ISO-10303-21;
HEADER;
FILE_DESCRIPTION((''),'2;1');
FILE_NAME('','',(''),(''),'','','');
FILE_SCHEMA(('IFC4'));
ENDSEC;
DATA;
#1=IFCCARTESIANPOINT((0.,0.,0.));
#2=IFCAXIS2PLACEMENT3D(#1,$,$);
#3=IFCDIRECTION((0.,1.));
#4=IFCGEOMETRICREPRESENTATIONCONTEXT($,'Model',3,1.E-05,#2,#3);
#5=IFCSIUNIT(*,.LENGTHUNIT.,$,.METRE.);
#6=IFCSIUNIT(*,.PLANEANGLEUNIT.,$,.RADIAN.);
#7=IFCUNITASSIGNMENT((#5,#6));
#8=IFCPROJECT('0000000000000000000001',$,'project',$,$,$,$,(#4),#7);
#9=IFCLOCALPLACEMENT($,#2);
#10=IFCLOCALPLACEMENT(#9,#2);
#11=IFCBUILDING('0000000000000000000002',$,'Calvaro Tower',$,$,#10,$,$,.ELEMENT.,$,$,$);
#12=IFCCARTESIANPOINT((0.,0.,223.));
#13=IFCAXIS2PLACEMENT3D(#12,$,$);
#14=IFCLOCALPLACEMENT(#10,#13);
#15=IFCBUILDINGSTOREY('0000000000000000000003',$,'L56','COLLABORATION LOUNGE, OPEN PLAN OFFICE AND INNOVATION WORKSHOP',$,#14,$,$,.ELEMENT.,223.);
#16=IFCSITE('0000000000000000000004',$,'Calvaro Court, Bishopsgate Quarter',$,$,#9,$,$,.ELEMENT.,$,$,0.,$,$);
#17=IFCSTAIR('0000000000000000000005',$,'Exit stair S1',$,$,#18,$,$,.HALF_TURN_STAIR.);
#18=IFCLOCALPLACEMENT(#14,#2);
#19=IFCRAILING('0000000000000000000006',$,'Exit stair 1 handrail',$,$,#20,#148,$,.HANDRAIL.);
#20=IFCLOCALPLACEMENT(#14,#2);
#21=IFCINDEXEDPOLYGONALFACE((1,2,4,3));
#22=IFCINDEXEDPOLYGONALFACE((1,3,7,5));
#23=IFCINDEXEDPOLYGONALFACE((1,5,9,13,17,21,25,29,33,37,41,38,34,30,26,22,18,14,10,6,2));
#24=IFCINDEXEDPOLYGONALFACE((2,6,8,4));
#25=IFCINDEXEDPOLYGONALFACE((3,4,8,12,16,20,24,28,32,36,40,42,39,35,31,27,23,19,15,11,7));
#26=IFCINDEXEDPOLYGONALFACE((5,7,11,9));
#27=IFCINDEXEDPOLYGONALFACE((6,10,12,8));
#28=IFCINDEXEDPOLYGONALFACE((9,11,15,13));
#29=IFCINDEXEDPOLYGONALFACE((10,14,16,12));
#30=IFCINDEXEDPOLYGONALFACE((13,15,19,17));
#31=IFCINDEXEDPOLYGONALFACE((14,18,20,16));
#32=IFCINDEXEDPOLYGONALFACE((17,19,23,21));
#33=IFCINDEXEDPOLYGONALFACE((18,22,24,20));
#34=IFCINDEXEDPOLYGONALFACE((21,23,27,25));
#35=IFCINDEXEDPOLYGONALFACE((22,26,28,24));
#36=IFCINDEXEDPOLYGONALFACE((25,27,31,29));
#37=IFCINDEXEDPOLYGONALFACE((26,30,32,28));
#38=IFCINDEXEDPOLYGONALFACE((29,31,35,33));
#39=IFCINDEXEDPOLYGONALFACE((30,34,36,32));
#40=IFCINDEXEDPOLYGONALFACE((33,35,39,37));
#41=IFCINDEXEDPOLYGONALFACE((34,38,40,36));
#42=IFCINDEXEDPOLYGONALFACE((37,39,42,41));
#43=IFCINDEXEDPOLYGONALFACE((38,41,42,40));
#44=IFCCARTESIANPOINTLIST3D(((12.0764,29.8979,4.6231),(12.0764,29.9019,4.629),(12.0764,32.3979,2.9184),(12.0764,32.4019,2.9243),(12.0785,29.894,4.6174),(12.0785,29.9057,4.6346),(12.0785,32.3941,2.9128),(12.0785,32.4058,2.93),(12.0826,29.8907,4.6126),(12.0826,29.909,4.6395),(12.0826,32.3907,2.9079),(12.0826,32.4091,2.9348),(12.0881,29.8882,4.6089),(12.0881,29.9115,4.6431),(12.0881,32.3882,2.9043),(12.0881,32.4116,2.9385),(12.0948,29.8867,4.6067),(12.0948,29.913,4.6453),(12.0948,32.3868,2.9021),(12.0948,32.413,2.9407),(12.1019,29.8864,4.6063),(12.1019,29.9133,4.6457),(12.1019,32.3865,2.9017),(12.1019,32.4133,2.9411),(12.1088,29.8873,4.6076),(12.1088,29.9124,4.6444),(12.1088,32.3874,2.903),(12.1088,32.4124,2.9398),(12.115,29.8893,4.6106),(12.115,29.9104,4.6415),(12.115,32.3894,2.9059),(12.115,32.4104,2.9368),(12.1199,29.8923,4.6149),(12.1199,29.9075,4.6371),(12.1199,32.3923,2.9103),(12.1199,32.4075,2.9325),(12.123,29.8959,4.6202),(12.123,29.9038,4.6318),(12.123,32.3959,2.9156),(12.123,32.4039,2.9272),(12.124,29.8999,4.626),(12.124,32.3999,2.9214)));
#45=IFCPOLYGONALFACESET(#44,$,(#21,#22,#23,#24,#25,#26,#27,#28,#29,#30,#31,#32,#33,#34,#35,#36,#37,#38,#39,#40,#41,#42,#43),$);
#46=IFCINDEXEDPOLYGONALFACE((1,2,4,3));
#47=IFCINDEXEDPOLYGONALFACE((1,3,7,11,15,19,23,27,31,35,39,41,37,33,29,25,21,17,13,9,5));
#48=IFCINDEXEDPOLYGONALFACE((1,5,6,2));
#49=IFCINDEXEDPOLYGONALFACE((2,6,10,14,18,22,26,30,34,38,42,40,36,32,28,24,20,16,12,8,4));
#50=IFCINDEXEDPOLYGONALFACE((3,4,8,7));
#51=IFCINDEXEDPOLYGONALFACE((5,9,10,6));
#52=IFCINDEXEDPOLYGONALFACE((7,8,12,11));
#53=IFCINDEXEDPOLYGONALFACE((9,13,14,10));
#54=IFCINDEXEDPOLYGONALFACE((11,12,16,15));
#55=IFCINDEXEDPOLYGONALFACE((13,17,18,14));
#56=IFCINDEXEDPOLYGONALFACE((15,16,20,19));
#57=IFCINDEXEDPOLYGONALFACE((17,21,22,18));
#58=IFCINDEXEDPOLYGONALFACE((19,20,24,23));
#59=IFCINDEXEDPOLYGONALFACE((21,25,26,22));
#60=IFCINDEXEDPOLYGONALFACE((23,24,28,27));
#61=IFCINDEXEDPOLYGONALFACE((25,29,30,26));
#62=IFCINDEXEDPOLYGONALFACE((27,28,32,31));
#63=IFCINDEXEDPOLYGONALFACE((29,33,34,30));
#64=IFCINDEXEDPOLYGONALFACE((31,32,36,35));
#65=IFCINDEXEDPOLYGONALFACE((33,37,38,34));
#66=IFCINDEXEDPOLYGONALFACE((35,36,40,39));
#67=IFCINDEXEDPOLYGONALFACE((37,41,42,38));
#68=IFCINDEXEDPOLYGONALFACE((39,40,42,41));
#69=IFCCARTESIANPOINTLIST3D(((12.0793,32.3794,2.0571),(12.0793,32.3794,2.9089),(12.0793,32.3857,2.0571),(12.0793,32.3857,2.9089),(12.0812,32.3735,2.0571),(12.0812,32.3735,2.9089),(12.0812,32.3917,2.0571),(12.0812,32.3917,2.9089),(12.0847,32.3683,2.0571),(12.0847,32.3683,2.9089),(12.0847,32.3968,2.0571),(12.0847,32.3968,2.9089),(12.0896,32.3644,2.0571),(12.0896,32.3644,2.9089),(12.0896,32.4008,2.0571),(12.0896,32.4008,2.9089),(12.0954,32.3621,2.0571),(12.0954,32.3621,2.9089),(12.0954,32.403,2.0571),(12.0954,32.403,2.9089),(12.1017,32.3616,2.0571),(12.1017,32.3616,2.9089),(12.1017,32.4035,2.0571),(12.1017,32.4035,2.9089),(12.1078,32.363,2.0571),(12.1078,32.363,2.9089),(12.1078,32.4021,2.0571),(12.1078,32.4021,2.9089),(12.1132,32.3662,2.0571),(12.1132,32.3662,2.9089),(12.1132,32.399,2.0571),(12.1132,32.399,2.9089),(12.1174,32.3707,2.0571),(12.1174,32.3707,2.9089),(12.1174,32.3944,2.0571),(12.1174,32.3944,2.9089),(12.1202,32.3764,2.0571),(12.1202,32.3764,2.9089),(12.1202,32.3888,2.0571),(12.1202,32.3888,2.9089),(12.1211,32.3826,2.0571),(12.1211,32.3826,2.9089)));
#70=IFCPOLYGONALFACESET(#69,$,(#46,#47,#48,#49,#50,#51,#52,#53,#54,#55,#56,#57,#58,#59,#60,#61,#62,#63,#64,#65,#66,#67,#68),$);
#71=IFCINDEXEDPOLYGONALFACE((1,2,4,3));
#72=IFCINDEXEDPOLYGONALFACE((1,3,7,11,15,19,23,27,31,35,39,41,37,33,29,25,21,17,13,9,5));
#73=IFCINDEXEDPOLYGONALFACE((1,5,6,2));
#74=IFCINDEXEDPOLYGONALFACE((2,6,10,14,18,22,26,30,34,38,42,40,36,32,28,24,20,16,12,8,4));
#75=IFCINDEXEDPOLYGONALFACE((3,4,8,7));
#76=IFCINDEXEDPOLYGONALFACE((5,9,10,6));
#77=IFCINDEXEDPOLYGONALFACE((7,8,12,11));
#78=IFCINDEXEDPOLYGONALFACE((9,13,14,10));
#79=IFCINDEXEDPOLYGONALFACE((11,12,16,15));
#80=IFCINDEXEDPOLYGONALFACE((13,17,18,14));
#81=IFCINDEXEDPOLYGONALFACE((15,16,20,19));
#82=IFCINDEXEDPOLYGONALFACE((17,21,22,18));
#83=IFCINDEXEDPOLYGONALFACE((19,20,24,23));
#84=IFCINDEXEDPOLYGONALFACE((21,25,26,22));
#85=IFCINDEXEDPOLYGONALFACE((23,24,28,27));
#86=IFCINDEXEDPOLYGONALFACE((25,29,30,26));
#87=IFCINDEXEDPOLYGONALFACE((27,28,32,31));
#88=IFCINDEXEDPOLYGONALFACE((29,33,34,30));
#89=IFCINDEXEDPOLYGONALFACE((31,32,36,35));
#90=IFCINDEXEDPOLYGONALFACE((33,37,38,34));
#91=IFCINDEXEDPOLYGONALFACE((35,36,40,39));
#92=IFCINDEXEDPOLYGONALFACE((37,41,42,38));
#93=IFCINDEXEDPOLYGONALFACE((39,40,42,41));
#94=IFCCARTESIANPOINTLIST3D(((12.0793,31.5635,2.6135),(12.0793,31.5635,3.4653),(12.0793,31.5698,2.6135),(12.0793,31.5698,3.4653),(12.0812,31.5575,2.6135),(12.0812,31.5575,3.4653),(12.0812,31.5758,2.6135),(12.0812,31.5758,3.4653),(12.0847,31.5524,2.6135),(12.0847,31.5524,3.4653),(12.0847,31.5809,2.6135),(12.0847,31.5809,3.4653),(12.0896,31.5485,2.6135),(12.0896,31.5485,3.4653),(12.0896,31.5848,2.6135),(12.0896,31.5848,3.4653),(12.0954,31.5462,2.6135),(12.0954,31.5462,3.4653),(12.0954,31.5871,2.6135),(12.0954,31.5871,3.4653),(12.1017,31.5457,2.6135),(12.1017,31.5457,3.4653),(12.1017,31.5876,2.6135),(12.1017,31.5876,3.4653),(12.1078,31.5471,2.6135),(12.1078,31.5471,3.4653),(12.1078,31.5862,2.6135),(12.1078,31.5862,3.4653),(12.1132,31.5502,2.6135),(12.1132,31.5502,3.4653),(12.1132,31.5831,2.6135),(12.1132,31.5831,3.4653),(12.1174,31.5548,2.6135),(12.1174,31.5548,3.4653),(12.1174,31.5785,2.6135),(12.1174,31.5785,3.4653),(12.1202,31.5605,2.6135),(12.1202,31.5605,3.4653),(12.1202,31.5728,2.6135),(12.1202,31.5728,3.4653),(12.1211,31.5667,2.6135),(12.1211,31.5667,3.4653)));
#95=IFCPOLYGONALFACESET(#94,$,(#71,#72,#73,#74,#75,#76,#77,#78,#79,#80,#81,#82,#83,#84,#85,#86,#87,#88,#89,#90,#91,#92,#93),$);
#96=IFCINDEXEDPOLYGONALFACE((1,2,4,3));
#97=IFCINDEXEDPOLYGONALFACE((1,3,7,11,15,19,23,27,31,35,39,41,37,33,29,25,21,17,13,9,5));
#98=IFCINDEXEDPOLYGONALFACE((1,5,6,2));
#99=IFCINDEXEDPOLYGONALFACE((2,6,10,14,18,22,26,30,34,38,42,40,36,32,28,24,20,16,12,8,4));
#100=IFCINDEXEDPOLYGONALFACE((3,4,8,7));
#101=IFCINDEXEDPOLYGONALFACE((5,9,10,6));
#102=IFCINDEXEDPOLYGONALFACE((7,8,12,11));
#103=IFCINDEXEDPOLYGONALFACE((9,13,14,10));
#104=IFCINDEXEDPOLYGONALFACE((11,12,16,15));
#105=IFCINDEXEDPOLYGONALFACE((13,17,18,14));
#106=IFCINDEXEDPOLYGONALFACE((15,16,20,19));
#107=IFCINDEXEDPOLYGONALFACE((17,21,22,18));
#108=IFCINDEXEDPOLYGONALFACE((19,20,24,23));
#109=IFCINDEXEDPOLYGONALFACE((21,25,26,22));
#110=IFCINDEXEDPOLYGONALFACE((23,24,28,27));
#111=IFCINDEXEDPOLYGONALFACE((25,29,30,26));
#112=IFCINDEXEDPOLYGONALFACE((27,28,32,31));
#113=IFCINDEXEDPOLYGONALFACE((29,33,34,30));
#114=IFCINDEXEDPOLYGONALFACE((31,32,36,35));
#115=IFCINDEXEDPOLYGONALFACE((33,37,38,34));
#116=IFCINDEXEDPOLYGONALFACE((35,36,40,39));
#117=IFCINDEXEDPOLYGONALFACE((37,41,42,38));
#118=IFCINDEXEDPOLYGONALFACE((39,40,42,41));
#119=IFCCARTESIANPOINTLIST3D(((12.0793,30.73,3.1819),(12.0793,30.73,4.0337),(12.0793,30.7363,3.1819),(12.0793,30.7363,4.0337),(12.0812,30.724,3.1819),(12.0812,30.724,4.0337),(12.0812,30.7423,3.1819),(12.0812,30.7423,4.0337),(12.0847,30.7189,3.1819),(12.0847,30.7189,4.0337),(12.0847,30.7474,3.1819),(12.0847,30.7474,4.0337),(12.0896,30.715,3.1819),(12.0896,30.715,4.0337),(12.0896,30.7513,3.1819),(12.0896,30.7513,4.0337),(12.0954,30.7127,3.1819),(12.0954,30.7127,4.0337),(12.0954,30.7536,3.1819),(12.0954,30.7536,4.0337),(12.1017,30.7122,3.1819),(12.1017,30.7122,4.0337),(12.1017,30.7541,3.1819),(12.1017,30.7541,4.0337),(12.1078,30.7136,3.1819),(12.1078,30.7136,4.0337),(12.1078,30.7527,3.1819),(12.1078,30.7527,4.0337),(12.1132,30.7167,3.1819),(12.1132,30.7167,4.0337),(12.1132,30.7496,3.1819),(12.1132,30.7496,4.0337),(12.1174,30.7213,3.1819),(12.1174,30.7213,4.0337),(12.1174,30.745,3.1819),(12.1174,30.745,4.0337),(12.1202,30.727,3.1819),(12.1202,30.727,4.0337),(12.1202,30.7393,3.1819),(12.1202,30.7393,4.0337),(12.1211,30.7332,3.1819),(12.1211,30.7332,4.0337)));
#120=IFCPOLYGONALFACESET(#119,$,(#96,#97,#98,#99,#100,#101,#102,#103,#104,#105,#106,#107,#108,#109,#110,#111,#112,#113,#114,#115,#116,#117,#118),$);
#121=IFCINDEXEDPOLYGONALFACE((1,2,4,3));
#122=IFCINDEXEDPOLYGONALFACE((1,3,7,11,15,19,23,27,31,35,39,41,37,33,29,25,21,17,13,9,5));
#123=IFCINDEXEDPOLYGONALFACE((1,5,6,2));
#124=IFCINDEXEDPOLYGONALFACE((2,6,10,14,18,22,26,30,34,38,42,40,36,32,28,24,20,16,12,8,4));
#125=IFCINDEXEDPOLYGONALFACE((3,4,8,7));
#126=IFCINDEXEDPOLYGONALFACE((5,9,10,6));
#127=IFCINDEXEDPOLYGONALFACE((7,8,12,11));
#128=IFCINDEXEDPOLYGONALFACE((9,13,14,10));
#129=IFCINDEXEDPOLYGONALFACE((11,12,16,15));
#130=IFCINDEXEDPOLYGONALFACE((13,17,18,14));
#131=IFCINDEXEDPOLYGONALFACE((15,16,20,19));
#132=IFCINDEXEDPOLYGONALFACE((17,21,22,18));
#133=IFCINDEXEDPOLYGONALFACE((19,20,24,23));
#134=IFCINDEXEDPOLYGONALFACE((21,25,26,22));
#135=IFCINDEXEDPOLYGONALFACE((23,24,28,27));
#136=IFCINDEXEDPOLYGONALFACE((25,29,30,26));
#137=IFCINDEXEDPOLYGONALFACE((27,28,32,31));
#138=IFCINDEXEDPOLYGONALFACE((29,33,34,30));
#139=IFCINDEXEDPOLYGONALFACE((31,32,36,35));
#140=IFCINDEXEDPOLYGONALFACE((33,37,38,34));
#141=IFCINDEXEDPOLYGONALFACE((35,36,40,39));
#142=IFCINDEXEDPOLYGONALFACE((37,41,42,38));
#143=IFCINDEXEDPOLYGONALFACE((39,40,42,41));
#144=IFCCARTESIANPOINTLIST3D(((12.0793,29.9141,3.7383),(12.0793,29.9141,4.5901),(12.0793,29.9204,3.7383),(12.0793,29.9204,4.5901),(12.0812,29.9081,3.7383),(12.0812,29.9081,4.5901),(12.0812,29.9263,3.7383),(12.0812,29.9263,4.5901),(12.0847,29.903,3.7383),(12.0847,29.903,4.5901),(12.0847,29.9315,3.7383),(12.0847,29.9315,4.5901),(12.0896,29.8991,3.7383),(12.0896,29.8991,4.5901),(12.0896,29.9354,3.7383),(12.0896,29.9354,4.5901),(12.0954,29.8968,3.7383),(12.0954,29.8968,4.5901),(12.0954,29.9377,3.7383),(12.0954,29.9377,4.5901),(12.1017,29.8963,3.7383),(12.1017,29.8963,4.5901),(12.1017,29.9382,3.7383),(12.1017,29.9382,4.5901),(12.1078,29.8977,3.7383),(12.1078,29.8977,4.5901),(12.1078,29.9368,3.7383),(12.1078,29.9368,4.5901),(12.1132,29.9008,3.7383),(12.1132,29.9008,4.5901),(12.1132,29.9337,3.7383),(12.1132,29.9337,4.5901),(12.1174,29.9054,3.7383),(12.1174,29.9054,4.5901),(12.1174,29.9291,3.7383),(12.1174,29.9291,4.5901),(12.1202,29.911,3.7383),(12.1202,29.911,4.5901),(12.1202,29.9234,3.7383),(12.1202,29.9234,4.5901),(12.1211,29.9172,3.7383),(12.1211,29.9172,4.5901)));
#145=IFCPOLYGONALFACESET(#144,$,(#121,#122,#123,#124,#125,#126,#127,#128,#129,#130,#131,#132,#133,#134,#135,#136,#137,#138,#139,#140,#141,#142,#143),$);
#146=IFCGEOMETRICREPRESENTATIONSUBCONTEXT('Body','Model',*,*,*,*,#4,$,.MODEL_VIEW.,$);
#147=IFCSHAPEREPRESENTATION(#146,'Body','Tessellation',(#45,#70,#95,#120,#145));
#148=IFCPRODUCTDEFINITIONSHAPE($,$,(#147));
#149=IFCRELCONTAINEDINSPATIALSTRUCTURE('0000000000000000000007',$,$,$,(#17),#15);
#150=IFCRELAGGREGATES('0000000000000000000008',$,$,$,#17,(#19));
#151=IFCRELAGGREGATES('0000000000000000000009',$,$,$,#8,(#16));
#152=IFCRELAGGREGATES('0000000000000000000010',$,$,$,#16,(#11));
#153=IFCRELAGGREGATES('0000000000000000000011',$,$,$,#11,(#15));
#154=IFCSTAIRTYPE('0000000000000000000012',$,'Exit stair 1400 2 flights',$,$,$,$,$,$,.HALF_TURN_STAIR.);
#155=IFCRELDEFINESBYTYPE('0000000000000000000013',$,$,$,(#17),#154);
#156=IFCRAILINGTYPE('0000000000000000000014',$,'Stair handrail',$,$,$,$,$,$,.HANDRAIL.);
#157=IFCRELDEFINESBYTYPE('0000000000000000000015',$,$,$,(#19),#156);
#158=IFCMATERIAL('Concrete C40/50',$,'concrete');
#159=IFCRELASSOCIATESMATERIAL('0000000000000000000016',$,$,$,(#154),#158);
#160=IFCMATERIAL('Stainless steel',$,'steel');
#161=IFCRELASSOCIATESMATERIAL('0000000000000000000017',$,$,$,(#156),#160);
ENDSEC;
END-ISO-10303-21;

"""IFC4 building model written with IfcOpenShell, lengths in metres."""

from ifc_helpers import new_model, si_unit, direction, frame, origin, origin_2d, place, context, subcontext, project, spatial, circle, extrude, material, type_object, element, aggregate, save


model = new_model("IFC4")

# Units and contexts
model_context = context("Model", 3, precision=1e-05, world=origin(), true_north=direction((0.0, 1.0)))
body_context = subcontext(model_context, "Body", "Model", "MODEL_VIEW")
ifc_project = project(units=[si_unit("LENGTHUNIT", "METRE"), si_unit("PLANEANGLEUNIT", "RADIAN")], contexts=[model_context])

# Site, building, storey
site_placement = place(None, origin())
site = spatial("IfcSite", under=ifc_project, at=site_placement, Name="Calvaro Court, Bishopsgate Quarter", CompositionType="ELEMENT", RefElevation=0.0)
building_placement = place(site_placement, origin())
building = spatial("IfcBuilding", under=site, at=building_placement, Name="Calvaro Tower", CompositionType="ELEMENT")
storey_placement = place(building_placement, frame((0.0, 0.0, 223.0)))
storey = spatial("IfcBuildingStorey", under=building, at=storey_placement, Name="L56", Description="COLLABORATION LOUNGE, OPEN PLAN OFFICE AND INNOVATION WORKSHOP", CompositionType="ELEMENT", Elevation=223.0)

# Stair, railing
ifc_material_1 = material(Name="Concrete C40/50", Category="concrete")
stair_type = type_object("IfcStairType", Name="Exit stair 1400 2 flights", PredefinedType="HALF_TURN_STAIR", material=ifc_material_1)
stair_placement = place(storey_placement, origin())
stair = element("IfcStair", 1, at=stair_placement, inside=storey, type_object=stair_type, Name="Exit stair S1", PredefinedType="HALF_TURN_STAIR")
ifc_material_2 = material(Name="Stainless steel", Category="steel")
railing_type = type_object("IfcRailingType", Name="Stair handrail", PredefinedType="HANDRAIL", material=ifc_material_2)
railing_placement = place(storey_placement, frame((12.1001, 32.3999, 2.0454)))
railing = element("IfcRailing", 2, at=railing_placement, type_object=railing_type, Name="Exit stair 1 handrail", PredefinedType="HANDRAIL", context=body_context, shape_type="SweptSolid", body=[
    extrude(circle(Radius=0.0239, at=origin_2d()), frame((0.0, 0.0, 0.876), z_axis=(0.0, -0.826221, 0.563347), x_axis=(1.0, 0.0, 0.0)), (0.0, 0.0, 1.0), 3.0259),
    extrude(circle(Radius=0.021, at=origin_2d()), frame((0.0, -0.0173, 0.0117)), (0.0, 0.0, 1.0), 0.8518),
    extrude(circle(Radius=0.021, at=origin_2d()), frame((0.0, -0.8333, 0.5681)), (0.0, 0.0, 1.0), 0.8518),
    extrude(circle(Radius=0.021, at=origin_2d()), frame((0.0, -1.6667, 1.1365)), (0.0, 0.0, 1.0), 0.8518),
    extrude(circle(Radius=0.021, at=origin_2d()), frame((0.0, -2.4827, 1.6929)), (0.0, 0.0, 1.0), 0.8518),
])
aggregate(stair, [railing])

save(model, "model.ifc")
